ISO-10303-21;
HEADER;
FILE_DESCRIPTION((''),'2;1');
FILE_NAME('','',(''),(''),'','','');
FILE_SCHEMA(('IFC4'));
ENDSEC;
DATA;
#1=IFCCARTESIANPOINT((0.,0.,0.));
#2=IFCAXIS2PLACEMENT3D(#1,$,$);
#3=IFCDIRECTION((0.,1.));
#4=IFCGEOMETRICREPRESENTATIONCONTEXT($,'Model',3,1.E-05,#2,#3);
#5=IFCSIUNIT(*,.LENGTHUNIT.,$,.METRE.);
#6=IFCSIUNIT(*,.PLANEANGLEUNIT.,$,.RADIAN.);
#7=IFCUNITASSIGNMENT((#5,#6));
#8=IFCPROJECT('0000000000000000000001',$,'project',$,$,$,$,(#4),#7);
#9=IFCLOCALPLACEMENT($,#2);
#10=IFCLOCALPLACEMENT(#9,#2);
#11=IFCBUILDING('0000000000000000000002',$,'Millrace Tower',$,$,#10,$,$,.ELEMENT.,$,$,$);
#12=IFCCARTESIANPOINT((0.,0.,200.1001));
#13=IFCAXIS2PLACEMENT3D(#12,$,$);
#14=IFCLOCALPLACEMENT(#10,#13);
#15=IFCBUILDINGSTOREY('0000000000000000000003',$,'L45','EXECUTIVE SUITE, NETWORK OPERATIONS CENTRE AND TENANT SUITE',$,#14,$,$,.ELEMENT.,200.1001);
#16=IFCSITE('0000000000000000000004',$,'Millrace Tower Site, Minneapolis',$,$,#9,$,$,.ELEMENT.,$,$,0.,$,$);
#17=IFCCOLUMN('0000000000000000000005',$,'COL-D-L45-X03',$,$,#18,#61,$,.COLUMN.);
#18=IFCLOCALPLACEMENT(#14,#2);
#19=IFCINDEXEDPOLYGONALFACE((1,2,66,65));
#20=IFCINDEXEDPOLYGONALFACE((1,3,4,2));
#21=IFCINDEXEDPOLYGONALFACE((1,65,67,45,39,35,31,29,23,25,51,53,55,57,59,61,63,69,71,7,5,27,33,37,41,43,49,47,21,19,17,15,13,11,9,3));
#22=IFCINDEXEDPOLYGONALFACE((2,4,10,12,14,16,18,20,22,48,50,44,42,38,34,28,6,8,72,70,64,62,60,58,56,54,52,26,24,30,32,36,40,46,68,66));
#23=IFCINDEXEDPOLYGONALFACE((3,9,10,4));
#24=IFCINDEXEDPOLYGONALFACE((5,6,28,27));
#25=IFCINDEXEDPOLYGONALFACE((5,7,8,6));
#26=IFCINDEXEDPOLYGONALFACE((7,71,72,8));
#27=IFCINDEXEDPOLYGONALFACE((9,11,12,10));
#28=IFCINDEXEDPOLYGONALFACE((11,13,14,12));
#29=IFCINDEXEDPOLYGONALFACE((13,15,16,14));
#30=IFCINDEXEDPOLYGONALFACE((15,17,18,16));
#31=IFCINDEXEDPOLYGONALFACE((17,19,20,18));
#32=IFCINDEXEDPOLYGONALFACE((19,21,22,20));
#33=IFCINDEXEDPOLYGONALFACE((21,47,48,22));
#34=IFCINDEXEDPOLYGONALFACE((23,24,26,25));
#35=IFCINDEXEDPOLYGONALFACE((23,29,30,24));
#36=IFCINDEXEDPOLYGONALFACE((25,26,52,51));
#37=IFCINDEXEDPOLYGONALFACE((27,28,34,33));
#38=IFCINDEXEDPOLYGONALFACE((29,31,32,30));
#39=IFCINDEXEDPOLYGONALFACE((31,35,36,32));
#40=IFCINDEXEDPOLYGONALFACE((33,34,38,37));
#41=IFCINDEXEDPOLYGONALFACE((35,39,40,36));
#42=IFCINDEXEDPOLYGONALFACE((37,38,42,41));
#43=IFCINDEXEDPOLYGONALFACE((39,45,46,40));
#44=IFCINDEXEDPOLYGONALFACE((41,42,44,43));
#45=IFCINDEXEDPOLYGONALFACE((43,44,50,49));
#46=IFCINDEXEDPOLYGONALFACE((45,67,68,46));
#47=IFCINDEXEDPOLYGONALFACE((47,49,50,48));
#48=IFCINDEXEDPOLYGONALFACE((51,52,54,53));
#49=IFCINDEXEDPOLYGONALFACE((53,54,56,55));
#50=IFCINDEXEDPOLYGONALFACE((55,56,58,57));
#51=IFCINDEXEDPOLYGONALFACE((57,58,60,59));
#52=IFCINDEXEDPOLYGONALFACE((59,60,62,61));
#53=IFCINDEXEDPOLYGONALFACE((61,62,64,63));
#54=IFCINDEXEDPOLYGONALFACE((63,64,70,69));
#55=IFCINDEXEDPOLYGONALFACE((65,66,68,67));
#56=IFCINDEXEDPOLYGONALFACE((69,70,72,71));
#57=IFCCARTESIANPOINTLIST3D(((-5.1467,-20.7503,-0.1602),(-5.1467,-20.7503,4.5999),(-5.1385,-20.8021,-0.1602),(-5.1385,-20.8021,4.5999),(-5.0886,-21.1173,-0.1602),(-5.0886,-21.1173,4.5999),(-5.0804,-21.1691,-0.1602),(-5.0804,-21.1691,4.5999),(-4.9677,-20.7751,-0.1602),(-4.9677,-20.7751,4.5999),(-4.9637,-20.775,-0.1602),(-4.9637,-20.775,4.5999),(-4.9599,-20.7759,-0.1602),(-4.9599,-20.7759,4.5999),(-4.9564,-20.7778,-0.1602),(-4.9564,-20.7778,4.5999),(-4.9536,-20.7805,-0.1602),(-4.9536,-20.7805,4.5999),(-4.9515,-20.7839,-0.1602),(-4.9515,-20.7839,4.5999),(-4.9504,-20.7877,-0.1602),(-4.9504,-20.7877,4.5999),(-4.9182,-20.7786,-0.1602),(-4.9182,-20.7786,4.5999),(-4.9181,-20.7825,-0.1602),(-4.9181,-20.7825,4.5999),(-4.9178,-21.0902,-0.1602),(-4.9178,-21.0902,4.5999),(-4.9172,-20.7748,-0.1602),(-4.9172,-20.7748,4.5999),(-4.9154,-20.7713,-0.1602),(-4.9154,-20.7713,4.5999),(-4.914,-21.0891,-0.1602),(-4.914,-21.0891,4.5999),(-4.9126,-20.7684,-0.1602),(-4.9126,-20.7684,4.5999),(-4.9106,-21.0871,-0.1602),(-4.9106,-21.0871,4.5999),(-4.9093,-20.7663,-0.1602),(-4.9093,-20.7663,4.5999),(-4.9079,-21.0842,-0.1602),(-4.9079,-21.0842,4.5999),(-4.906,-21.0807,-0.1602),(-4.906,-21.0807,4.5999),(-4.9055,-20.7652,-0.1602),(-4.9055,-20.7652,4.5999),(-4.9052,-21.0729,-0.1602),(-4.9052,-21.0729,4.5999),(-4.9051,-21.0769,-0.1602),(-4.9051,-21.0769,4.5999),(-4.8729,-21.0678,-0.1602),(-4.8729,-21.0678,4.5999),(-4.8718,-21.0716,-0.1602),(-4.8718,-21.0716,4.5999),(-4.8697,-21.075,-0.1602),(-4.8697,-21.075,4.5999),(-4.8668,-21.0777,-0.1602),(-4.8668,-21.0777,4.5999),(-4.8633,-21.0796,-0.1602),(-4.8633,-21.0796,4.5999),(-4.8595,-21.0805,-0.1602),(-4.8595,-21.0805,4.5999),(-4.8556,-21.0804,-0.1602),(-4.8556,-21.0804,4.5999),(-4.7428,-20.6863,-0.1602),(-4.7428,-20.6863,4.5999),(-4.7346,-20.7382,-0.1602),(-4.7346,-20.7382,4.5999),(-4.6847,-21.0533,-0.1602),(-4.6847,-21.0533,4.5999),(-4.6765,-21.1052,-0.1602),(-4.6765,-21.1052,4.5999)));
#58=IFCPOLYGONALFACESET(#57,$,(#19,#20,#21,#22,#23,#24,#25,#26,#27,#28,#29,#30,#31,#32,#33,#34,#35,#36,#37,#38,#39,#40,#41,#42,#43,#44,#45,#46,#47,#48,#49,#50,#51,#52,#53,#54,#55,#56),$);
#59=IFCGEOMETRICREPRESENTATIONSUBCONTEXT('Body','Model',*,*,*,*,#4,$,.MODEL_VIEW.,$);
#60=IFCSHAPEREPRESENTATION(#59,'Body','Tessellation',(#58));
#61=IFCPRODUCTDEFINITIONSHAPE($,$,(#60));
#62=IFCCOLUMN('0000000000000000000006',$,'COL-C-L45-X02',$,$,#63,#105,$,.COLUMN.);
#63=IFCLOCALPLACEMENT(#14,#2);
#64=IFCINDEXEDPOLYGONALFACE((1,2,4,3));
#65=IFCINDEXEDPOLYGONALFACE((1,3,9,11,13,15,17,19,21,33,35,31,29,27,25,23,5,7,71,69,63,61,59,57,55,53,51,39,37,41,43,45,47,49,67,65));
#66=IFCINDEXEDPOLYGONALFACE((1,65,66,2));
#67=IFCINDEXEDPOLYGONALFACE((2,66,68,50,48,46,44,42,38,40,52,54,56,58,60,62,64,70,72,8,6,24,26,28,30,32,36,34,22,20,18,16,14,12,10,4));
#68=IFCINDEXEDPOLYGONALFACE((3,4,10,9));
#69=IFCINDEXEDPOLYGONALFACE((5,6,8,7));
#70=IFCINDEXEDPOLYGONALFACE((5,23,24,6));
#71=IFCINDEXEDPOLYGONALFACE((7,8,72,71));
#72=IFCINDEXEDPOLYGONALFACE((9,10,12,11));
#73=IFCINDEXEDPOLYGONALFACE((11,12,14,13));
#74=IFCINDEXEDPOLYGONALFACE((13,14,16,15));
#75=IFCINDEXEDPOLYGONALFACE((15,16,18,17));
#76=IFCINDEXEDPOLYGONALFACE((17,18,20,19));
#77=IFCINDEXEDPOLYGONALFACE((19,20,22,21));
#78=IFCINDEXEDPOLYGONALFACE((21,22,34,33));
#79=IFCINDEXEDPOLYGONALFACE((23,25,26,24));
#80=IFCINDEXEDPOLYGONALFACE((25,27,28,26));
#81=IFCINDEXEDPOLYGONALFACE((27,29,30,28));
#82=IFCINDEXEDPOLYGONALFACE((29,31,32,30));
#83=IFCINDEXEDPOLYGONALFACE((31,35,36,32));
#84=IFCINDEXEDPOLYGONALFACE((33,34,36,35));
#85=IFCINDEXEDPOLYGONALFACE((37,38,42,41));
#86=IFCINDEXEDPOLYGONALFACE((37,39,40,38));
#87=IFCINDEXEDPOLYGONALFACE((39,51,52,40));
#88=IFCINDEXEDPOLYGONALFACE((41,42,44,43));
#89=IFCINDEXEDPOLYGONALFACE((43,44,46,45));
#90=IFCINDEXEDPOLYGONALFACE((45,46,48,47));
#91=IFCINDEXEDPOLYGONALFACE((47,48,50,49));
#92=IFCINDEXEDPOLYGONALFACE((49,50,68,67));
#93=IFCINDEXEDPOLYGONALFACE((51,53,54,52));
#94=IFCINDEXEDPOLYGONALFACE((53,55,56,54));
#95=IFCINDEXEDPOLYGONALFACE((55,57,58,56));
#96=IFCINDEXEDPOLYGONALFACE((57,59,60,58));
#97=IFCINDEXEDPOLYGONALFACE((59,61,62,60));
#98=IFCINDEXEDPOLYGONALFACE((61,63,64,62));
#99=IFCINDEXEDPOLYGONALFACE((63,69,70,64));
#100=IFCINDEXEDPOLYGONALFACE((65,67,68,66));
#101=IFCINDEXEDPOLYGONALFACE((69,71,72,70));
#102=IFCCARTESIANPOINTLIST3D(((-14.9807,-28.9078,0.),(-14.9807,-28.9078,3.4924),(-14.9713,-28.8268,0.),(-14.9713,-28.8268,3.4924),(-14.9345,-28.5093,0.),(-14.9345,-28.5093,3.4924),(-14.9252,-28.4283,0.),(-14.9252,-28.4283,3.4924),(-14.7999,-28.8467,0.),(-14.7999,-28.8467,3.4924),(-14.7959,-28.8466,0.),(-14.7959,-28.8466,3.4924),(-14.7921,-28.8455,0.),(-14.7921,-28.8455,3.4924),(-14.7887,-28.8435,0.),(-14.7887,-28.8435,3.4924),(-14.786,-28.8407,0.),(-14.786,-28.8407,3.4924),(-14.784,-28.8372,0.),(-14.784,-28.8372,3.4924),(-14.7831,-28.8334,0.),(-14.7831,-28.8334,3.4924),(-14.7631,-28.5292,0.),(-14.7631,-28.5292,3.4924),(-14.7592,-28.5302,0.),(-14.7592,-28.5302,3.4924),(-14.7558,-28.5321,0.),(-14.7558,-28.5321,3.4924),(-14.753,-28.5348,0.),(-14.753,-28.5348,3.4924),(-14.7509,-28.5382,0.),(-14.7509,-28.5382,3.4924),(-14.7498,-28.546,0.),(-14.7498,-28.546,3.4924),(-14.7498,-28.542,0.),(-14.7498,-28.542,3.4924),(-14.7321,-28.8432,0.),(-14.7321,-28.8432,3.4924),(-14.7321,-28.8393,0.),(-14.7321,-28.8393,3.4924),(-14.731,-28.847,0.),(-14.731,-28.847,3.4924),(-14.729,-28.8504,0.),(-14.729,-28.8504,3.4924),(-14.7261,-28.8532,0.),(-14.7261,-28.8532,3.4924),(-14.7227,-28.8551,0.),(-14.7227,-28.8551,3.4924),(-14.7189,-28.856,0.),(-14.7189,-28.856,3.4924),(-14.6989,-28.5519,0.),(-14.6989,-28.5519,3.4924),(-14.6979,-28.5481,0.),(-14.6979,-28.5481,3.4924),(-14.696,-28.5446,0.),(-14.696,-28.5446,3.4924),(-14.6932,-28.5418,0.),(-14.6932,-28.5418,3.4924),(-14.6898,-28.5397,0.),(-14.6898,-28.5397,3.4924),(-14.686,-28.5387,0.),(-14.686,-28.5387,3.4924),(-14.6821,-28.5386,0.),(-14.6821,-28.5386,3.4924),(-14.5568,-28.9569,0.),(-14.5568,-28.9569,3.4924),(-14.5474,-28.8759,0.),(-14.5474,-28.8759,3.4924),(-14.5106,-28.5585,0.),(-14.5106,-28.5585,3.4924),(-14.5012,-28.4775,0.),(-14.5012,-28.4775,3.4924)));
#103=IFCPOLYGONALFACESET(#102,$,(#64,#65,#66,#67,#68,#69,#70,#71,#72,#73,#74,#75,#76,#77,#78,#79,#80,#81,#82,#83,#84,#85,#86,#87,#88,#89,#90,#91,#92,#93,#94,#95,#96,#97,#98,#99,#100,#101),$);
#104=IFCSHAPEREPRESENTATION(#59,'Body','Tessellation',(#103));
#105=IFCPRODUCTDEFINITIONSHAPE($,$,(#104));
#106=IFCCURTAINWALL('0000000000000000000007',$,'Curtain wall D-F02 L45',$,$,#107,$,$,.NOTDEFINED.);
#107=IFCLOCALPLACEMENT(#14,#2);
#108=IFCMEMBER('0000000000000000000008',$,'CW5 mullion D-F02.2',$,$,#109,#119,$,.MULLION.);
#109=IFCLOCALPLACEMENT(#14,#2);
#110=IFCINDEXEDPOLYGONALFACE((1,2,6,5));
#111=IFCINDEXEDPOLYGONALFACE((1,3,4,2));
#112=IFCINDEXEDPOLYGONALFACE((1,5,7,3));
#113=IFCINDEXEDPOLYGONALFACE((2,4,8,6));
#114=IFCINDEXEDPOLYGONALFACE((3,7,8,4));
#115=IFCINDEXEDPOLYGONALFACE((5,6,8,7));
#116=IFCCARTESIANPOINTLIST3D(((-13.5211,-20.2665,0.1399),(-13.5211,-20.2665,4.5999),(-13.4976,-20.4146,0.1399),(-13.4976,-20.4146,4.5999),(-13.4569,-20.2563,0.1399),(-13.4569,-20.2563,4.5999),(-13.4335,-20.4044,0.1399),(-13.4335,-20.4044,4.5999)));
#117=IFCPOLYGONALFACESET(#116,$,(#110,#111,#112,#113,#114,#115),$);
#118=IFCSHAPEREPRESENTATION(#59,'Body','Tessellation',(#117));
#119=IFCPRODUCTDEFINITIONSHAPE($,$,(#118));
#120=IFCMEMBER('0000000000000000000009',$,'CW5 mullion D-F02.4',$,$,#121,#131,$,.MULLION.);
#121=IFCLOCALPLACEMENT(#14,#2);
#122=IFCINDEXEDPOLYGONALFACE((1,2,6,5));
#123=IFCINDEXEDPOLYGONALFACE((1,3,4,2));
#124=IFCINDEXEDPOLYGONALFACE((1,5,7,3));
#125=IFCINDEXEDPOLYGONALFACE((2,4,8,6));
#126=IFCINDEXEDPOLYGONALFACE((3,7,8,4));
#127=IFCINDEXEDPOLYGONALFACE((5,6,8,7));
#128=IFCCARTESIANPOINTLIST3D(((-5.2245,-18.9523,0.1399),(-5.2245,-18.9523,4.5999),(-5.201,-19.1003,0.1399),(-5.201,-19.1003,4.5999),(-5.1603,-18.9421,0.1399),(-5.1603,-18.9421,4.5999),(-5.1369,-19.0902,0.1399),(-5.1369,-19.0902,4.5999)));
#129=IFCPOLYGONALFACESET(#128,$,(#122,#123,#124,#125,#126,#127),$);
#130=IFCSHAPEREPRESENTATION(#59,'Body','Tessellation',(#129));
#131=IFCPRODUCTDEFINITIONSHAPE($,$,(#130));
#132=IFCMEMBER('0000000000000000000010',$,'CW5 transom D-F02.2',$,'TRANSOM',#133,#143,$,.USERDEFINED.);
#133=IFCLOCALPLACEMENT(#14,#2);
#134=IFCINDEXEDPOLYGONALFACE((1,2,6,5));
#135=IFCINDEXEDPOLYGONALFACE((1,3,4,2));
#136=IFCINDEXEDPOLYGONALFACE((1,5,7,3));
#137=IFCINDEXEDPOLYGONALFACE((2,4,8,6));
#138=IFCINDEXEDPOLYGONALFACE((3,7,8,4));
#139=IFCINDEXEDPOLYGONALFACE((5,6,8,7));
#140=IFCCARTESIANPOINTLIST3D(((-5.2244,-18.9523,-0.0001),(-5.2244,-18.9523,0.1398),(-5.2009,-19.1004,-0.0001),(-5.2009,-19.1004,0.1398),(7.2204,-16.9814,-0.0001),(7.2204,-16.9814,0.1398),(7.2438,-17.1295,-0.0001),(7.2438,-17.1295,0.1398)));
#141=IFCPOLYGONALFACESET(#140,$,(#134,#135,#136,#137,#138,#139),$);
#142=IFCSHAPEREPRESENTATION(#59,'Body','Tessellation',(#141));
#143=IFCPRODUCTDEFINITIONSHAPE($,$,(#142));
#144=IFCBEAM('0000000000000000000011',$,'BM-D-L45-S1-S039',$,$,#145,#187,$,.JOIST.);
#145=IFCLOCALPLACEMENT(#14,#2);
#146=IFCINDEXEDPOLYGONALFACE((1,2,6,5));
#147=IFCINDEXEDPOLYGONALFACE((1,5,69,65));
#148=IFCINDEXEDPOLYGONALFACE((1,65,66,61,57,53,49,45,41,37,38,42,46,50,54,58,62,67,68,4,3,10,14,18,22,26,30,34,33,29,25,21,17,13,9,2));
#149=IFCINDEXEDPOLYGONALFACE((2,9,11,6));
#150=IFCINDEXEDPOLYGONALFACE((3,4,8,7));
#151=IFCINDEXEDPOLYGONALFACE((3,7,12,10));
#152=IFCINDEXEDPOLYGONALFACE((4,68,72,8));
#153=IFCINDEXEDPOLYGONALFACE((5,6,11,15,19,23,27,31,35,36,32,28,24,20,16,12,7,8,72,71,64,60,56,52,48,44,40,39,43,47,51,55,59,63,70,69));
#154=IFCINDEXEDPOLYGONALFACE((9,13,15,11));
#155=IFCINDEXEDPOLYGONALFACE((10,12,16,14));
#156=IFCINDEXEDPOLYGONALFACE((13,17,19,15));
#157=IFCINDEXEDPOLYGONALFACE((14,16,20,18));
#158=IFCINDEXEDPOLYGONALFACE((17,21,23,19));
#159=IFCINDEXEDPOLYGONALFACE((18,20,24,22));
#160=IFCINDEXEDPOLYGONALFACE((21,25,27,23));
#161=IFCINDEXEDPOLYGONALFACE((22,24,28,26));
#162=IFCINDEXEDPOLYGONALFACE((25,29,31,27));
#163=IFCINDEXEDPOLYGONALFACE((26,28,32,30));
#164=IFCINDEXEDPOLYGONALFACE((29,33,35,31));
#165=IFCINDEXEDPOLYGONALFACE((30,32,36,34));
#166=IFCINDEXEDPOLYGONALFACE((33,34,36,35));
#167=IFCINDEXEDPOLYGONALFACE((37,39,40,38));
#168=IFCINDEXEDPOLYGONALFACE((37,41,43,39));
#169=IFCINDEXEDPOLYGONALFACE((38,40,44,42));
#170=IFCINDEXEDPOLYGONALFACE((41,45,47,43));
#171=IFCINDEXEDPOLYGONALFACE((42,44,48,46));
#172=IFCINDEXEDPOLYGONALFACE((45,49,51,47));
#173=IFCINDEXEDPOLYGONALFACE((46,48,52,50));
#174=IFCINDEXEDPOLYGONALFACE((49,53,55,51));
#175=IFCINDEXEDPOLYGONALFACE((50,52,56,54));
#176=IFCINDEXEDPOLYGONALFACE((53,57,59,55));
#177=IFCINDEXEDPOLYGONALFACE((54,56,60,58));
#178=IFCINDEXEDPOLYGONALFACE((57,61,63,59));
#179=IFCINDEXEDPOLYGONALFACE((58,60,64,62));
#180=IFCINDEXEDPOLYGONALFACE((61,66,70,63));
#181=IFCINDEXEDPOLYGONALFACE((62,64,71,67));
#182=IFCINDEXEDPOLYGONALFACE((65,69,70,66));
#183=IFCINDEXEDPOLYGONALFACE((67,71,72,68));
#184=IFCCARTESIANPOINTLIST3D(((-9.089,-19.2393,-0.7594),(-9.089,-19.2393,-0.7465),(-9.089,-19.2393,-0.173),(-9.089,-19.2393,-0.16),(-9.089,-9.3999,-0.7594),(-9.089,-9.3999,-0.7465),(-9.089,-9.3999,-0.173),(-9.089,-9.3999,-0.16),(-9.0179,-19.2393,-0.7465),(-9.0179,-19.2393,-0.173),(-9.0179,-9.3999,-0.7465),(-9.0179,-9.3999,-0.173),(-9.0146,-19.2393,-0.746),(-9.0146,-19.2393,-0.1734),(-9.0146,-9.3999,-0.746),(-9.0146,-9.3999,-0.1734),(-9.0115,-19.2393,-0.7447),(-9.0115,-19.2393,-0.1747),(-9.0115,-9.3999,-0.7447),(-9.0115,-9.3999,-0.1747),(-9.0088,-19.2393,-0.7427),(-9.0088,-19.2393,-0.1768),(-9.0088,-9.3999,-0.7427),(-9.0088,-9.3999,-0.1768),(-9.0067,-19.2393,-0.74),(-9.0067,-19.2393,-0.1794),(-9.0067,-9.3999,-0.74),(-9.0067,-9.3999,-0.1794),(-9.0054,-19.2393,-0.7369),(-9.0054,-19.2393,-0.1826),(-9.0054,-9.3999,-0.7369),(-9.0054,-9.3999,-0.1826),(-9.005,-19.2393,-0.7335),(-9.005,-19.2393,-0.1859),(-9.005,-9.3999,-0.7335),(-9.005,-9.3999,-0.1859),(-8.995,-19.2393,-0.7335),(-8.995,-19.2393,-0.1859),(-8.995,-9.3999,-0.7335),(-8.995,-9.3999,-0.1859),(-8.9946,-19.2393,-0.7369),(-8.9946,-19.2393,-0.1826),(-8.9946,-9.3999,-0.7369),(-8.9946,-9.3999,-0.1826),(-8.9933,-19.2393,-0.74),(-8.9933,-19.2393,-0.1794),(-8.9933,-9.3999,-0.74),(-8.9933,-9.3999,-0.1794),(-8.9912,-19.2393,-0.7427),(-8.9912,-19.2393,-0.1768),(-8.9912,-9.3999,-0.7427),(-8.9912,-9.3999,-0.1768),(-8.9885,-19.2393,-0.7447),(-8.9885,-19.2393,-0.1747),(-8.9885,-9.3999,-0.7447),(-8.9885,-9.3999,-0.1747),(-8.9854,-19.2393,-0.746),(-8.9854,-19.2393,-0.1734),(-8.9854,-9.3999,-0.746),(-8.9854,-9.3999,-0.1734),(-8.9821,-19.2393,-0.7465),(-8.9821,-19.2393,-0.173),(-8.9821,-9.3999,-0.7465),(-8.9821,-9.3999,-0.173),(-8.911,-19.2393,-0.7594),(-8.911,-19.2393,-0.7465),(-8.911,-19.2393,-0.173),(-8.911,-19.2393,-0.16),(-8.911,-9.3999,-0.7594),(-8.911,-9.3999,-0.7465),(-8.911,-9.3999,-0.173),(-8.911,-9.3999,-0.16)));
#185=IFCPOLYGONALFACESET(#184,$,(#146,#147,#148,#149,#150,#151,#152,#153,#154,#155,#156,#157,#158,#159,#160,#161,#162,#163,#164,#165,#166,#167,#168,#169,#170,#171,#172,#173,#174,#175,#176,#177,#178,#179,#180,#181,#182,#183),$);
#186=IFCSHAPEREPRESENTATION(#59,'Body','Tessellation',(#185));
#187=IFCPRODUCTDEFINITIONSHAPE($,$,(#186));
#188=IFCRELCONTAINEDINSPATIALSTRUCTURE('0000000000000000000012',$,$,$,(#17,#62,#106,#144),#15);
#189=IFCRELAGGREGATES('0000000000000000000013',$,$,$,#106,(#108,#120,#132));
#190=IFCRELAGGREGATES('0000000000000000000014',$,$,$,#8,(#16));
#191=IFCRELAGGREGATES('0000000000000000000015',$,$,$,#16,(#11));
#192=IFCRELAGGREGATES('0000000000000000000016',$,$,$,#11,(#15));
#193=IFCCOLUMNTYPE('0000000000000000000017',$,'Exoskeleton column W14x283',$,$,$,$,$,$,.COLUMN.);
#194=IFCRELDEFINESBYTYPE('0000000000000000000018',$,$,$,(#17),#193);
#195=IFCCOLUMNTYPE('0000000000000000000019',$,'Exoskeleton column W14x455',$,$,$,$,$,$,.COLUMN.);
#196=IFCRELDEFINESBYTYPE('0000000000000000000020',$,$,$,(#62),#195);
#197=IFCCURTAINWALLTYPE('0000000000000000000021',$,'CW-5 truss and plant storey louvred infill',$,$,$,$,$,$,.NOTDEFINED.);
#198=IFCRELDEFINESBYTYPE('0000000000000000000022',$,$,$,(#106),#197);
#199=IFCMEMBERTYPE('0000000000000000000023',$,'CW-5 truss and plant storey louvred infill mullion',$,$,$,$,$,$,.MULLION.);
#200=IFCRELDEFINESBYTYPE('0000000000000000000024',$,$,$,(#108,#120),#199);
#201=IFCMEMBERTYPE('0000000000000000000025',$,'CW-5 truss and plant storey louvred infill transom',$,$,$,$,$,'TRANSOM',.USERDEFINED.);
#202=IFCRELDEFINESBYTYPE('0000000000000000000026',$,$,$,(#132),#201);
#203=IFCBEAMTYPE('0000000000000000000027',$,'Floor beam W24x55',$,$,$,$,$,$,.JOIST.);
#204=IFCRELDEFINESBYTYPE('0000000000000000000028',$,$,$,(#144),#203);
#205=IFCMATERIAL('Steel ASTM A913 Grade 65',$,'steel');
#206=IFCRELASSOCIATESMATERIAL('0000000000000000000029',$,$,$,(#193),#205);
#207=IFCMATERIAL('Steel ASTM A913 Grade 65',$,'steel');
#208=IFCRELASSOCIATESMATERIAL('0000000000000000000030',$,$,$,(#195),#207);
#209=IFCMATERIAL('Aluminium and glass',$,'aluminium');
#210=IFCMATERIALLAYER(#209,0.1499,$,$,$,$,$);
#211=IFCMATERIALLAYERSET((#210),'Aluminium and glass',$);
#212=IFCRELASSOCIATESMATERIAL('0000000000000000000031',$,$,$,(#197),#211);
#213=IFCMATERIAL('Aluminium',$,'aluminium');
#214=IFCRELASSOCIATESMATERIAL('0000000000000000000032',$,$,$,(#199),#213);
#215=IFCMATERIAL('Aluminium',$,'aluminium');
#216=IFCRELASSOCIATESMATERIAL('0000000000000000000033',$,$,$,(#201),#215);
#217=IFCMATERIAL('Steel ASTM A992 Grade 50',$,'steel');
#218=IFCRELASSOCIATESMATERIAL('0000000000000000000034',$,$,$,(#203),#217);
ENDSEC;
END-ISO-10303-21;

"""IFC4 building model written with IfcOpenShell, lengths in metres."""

from ifc_helpers import new_model, si_unit, direction, frame, origin, origin_2d, place, context, subcontext, project, spatial, rectangle, i_section, extrude, material, layer, layer_set, material_profile, profile_set, type_object, element, aggregate, save


model = new_model("IFC4")

# Units and contexts
model_context = context("Model", 3, precision=1e-05, world=origin(), true_north=direction((0.0, 1.0)))
body_context = subcontext(model_context, "Body", "Model", "MODEL_VIEW")
ifc_project = project(units=[si_unit("LENGTHUNIT", "METRE"), si_unit("PLANEANGLEUNIT", "RADIAN")], contexts=[model_context])

# Site, building, storey
site_placement = place(None, origin())
site = spatial("IfcSite", under=ifc_project, at=site_placement, Name="Millrace Tower Site, Minneapolis", CompositionType="ELEMENT", RefElevation=0.0)
building_placement = place(site_placement, origin())
building = spatial("IfcBuilding", under=site, at=building_placement, Name="Millrace Tower", CompositionType="ELEMENT")
storey_placement = place(building_placement, frame((0.0, 0.0, 200.1001)))
storey = spatial("IfcBuildingStorey", under=building, at=storey_placement, Name="L45", Description="EXECUTIVE SUITE, NETWORK OPERATIONS CENTRE AND TENANT SUITE", CompositionType="ELEMENT", Elevation=200.1001)

# Columns
ifc_material_1 = material(Name="Steel ASTM A913 Grade 65", Category="steel")
ifc_material_profile_1 = material_profile(ifc_material_1, i_section(OverallWidth=0.4089, OverallDepth=0.4241, WebThickness=0.0327, FlangeThickness=0.0525, FilletRadius=0.0151, at=origin_2d()))
ifc_profile_set_1 = profile_set([ifc_material_profile_1], Name="Steel ASTM A913 Grade 65")
column_type_1 = type_object("IfcColumnType", Name="Exoskeleton column W14x283", PredefinedType="COLUMN", material=ifc_profile_set_1)
column_1_placement = place(storey_placement, frame((-4.9116, -20.9277, -0.1602), z_axis=(0.0, 0.0, 1.0), x_axis=(0.987688, 0.156434, 0.0)))
element("IfcColumn", 1, at=column_1_placement, inside=storey, type_object=column_type_1, Name="COL-D-L45-X03", PredefinedType="COLUMN", context=body_context, shape_type="SweptSolid", body=[
    extrude(i_section(OverallWidth=0.4089, OverallDepth=0.4241, WebThickness=0.0327, FlangeThickness=0.0525, FilletRadius=0.0151, at=origin_2d()), origin(), (0.0, 0.0, 1.0), 4.76),
])
ifc_material_2 = material(Name="Steel ASTM A913 Grade 65", Category="steel")
ifc_material_profile_2 = material_profile(ifc_material_2, i_section(OverallWidth=0.4268, OverallDepth=0.4827, WebThickness=0.0513, FlangeThickness=0.0815, FilletRadius=0.0151, at=origin_2d()))
ifc_profile_set_2 = profile_set([ifc_material_profile_2], Name="Steel ASTM A913 Grade 65")
column_type_2 = type_object("IfcColumnType", Name="Exoskeleton column W14x455", PredefinedType="COLUMN", material=ifc_profile_set_2)
column_2_placement = place(storey_placement, frame((-14.741, -28.6926, 0.0), z_axis=(0.0, 0.0, 1.0), x_axis=(0.993358, -0.115069, 0.0)))
element("IfcColumn", 2, at=column_2_placement, inside=storey, type_object=column_type_2, Name="COL-C-L45-X02", PredefinedType="COLUMN", context=body_context, shape_type="SweptSolid", body=[
    extrude(i_section(OverallWidth=0.4268, OverallDepth=0.4827, WebThickness=0.0513, FlangeThickness=0.0815, FilletRadius=0.0151, at=origin_2d()), origin(), (0.0, 0.0, 1.0), 3.4924),
])

# Curtain wall, members
ifc_material_3 = material(Name="Aluminium and glass", Category="aluminium")
ifc_layer_1 = layer(ifc_material_3, 0.1499)
ifc_layer_set_1 = layer_set([ifc_layer_1], Name="Aluminium and glass")
curtain_wall_type = type_object("IfcCurtainWallType", Name="CW-5 truss and plant storey louvred infill", PredefinedType="NOTDEFINED", material=ifc_layer_set_1)
curtain_wall_placement = place(storey_placement, origin())
curtain_wall = element("IfcCurtainWall", 3, at=curtain_wall_placement, inside=storey, type_object=curtain_wall_type, Name="Curtain wall D-F02 L45", PredefinedType="NOTDEFINED")
ifc_material_4 = material(Name="Aluminium", Category="aluminium")
ifc_material_profile_3 = material_profile(ifc_material_4, rectangle(XDim=0.0649, YDim=0.1499, at=origin_2d()))
ifc_profile_set_3 = profile_set([ifc_material_profile_3], Name="Aluminium")
member_type_1 = type_object("IfcMemberType", Name="CW-5 truss and plant storey louvred infill mullion", PredefinedType="MULLION", material=ifc_profile_set_3)
member_1_placement = place(storey_placement, frame((-13.4773, -20.3354, 0.1399), z_axis=(0.0, 0.0, 1.0), x_axis=(0.987688, 0.156434, 0.0)))
member_1 = element("IfcMember", 4, at=member_1_placement, type_object=member_type_1, Name="CW5 mullion D-F02.2", PredefinedType="MULLION", context=body_context, shape_type="SweptSolid", body=[
    extrude(rectangle(XDim=0.0649, YDim=0.1499, at=origin_2d()), origin(), (0.0, 0.0, 1.0), 4.46),
])
member_2_placement = place(storey_placement, frame((-5.1807, -19.0212, 0.1399), z_axis=(0.0, 0.0, 1.0), x_axis=(0.987688, 0.156434, 0.0)))
member_2 = element("IfcMember", 5, at=member_2_placement, type_object=member_type_1, Name="CW5 mullion D-F02.4", PredefinedType="MULLION", context=body_context, shape_type="SweptSolid", body=[
    extrude(rectangle(XDim=0.0649, YDim=0.1499, at=origin_2d()), origin(), (0.0, 0.0, 1.0), 4.46),
])
ifc_material_5 = material(Name="Aluminium", Category="aluminium")
ifc_material_profile_4 = material_profile(ifc_material_5, rectangle(XDim=0.1499, YDim=0.1399, at=origin_2d()))
ifc_profile_set_4 = profile_set([ifc_material_profile_4], Name="Aluminium")
member_type_2 = type_object("IfcMemberType", Name="CW-5 truss and plant storey louvred infill transom", ElementType="TRANSOM", PredefinedType="USERDEFINED", material=ifc_profile_set_4)
member_3_placement = place(storey_placement, frame((-5.2126, -19.0264, 0.0698), z_axis=(0.98769, 0.156425, 0.0), x_axis=(-0.156425, 0.98769, 0.0)))
member_3 = element("IfcMember", 6, at=member_3_placement, type_object=member_type_2, Name="CW5 transom D-F02.2", ObjectType="TRANSOM", PredefinedType="USERDEFINED", context=body_context, shape_type="SweptSolid", body=[
    extrude(rectangle(XDim=0.1499, YDim=0.1399, at=origin_2d()), origin(), (0.0, 0.0, 1.0), 12.5999),
])
aggregate(curtain_wall, [member_1, member_2, member_3])

# Beam
ifc_material_6 = material(Name="Steel ASTM A992 Grade 50", Category="steel")
ifc_material_profile_5 = material_profile(ifc_material_6, i_section(OverallWidth=0.178, OverallDepth=0.5994, WebThickness=0.01, FlangeThickness=0.0129, FilletRadius=0.0129, at=origin_2d()))
ifc_profile_set_5 = profile_set([ifc_material_profile_5], Name="Steel ASTM A992 Grade 50")
beam_type_1 = type_object("IfcBeamType", Name="Floor beam W24x55", PredefinedType="JOIST", material=ifc_profile_set_5)
beam_1_placement = place(storey_placement, frame((-9.0, -19.2393, -0.4597), z_axis=(0.0, 1.0, 0.0), x_axis=(-1.0, 0.0, 0.0)))
element("IfcBeam", 7, at=beam_1_placement, inside=storey, type_object=beam_type_1, Name="BM-D-L45-S1-S039", PredefinedType="JOIST", context=body_context, shape_type="SweptSolid", body=[
    extrude(i_section(OverallWidth=0.178, OverallDepth=0.5994, WebThickness=0.01, FlangeThickness=0.0129, FilletRadius=0.0129, at=origin_2d()), origin(), (0.0, 0.0, 1.0), 9.8394),
])

save(model, "model.ifc")
